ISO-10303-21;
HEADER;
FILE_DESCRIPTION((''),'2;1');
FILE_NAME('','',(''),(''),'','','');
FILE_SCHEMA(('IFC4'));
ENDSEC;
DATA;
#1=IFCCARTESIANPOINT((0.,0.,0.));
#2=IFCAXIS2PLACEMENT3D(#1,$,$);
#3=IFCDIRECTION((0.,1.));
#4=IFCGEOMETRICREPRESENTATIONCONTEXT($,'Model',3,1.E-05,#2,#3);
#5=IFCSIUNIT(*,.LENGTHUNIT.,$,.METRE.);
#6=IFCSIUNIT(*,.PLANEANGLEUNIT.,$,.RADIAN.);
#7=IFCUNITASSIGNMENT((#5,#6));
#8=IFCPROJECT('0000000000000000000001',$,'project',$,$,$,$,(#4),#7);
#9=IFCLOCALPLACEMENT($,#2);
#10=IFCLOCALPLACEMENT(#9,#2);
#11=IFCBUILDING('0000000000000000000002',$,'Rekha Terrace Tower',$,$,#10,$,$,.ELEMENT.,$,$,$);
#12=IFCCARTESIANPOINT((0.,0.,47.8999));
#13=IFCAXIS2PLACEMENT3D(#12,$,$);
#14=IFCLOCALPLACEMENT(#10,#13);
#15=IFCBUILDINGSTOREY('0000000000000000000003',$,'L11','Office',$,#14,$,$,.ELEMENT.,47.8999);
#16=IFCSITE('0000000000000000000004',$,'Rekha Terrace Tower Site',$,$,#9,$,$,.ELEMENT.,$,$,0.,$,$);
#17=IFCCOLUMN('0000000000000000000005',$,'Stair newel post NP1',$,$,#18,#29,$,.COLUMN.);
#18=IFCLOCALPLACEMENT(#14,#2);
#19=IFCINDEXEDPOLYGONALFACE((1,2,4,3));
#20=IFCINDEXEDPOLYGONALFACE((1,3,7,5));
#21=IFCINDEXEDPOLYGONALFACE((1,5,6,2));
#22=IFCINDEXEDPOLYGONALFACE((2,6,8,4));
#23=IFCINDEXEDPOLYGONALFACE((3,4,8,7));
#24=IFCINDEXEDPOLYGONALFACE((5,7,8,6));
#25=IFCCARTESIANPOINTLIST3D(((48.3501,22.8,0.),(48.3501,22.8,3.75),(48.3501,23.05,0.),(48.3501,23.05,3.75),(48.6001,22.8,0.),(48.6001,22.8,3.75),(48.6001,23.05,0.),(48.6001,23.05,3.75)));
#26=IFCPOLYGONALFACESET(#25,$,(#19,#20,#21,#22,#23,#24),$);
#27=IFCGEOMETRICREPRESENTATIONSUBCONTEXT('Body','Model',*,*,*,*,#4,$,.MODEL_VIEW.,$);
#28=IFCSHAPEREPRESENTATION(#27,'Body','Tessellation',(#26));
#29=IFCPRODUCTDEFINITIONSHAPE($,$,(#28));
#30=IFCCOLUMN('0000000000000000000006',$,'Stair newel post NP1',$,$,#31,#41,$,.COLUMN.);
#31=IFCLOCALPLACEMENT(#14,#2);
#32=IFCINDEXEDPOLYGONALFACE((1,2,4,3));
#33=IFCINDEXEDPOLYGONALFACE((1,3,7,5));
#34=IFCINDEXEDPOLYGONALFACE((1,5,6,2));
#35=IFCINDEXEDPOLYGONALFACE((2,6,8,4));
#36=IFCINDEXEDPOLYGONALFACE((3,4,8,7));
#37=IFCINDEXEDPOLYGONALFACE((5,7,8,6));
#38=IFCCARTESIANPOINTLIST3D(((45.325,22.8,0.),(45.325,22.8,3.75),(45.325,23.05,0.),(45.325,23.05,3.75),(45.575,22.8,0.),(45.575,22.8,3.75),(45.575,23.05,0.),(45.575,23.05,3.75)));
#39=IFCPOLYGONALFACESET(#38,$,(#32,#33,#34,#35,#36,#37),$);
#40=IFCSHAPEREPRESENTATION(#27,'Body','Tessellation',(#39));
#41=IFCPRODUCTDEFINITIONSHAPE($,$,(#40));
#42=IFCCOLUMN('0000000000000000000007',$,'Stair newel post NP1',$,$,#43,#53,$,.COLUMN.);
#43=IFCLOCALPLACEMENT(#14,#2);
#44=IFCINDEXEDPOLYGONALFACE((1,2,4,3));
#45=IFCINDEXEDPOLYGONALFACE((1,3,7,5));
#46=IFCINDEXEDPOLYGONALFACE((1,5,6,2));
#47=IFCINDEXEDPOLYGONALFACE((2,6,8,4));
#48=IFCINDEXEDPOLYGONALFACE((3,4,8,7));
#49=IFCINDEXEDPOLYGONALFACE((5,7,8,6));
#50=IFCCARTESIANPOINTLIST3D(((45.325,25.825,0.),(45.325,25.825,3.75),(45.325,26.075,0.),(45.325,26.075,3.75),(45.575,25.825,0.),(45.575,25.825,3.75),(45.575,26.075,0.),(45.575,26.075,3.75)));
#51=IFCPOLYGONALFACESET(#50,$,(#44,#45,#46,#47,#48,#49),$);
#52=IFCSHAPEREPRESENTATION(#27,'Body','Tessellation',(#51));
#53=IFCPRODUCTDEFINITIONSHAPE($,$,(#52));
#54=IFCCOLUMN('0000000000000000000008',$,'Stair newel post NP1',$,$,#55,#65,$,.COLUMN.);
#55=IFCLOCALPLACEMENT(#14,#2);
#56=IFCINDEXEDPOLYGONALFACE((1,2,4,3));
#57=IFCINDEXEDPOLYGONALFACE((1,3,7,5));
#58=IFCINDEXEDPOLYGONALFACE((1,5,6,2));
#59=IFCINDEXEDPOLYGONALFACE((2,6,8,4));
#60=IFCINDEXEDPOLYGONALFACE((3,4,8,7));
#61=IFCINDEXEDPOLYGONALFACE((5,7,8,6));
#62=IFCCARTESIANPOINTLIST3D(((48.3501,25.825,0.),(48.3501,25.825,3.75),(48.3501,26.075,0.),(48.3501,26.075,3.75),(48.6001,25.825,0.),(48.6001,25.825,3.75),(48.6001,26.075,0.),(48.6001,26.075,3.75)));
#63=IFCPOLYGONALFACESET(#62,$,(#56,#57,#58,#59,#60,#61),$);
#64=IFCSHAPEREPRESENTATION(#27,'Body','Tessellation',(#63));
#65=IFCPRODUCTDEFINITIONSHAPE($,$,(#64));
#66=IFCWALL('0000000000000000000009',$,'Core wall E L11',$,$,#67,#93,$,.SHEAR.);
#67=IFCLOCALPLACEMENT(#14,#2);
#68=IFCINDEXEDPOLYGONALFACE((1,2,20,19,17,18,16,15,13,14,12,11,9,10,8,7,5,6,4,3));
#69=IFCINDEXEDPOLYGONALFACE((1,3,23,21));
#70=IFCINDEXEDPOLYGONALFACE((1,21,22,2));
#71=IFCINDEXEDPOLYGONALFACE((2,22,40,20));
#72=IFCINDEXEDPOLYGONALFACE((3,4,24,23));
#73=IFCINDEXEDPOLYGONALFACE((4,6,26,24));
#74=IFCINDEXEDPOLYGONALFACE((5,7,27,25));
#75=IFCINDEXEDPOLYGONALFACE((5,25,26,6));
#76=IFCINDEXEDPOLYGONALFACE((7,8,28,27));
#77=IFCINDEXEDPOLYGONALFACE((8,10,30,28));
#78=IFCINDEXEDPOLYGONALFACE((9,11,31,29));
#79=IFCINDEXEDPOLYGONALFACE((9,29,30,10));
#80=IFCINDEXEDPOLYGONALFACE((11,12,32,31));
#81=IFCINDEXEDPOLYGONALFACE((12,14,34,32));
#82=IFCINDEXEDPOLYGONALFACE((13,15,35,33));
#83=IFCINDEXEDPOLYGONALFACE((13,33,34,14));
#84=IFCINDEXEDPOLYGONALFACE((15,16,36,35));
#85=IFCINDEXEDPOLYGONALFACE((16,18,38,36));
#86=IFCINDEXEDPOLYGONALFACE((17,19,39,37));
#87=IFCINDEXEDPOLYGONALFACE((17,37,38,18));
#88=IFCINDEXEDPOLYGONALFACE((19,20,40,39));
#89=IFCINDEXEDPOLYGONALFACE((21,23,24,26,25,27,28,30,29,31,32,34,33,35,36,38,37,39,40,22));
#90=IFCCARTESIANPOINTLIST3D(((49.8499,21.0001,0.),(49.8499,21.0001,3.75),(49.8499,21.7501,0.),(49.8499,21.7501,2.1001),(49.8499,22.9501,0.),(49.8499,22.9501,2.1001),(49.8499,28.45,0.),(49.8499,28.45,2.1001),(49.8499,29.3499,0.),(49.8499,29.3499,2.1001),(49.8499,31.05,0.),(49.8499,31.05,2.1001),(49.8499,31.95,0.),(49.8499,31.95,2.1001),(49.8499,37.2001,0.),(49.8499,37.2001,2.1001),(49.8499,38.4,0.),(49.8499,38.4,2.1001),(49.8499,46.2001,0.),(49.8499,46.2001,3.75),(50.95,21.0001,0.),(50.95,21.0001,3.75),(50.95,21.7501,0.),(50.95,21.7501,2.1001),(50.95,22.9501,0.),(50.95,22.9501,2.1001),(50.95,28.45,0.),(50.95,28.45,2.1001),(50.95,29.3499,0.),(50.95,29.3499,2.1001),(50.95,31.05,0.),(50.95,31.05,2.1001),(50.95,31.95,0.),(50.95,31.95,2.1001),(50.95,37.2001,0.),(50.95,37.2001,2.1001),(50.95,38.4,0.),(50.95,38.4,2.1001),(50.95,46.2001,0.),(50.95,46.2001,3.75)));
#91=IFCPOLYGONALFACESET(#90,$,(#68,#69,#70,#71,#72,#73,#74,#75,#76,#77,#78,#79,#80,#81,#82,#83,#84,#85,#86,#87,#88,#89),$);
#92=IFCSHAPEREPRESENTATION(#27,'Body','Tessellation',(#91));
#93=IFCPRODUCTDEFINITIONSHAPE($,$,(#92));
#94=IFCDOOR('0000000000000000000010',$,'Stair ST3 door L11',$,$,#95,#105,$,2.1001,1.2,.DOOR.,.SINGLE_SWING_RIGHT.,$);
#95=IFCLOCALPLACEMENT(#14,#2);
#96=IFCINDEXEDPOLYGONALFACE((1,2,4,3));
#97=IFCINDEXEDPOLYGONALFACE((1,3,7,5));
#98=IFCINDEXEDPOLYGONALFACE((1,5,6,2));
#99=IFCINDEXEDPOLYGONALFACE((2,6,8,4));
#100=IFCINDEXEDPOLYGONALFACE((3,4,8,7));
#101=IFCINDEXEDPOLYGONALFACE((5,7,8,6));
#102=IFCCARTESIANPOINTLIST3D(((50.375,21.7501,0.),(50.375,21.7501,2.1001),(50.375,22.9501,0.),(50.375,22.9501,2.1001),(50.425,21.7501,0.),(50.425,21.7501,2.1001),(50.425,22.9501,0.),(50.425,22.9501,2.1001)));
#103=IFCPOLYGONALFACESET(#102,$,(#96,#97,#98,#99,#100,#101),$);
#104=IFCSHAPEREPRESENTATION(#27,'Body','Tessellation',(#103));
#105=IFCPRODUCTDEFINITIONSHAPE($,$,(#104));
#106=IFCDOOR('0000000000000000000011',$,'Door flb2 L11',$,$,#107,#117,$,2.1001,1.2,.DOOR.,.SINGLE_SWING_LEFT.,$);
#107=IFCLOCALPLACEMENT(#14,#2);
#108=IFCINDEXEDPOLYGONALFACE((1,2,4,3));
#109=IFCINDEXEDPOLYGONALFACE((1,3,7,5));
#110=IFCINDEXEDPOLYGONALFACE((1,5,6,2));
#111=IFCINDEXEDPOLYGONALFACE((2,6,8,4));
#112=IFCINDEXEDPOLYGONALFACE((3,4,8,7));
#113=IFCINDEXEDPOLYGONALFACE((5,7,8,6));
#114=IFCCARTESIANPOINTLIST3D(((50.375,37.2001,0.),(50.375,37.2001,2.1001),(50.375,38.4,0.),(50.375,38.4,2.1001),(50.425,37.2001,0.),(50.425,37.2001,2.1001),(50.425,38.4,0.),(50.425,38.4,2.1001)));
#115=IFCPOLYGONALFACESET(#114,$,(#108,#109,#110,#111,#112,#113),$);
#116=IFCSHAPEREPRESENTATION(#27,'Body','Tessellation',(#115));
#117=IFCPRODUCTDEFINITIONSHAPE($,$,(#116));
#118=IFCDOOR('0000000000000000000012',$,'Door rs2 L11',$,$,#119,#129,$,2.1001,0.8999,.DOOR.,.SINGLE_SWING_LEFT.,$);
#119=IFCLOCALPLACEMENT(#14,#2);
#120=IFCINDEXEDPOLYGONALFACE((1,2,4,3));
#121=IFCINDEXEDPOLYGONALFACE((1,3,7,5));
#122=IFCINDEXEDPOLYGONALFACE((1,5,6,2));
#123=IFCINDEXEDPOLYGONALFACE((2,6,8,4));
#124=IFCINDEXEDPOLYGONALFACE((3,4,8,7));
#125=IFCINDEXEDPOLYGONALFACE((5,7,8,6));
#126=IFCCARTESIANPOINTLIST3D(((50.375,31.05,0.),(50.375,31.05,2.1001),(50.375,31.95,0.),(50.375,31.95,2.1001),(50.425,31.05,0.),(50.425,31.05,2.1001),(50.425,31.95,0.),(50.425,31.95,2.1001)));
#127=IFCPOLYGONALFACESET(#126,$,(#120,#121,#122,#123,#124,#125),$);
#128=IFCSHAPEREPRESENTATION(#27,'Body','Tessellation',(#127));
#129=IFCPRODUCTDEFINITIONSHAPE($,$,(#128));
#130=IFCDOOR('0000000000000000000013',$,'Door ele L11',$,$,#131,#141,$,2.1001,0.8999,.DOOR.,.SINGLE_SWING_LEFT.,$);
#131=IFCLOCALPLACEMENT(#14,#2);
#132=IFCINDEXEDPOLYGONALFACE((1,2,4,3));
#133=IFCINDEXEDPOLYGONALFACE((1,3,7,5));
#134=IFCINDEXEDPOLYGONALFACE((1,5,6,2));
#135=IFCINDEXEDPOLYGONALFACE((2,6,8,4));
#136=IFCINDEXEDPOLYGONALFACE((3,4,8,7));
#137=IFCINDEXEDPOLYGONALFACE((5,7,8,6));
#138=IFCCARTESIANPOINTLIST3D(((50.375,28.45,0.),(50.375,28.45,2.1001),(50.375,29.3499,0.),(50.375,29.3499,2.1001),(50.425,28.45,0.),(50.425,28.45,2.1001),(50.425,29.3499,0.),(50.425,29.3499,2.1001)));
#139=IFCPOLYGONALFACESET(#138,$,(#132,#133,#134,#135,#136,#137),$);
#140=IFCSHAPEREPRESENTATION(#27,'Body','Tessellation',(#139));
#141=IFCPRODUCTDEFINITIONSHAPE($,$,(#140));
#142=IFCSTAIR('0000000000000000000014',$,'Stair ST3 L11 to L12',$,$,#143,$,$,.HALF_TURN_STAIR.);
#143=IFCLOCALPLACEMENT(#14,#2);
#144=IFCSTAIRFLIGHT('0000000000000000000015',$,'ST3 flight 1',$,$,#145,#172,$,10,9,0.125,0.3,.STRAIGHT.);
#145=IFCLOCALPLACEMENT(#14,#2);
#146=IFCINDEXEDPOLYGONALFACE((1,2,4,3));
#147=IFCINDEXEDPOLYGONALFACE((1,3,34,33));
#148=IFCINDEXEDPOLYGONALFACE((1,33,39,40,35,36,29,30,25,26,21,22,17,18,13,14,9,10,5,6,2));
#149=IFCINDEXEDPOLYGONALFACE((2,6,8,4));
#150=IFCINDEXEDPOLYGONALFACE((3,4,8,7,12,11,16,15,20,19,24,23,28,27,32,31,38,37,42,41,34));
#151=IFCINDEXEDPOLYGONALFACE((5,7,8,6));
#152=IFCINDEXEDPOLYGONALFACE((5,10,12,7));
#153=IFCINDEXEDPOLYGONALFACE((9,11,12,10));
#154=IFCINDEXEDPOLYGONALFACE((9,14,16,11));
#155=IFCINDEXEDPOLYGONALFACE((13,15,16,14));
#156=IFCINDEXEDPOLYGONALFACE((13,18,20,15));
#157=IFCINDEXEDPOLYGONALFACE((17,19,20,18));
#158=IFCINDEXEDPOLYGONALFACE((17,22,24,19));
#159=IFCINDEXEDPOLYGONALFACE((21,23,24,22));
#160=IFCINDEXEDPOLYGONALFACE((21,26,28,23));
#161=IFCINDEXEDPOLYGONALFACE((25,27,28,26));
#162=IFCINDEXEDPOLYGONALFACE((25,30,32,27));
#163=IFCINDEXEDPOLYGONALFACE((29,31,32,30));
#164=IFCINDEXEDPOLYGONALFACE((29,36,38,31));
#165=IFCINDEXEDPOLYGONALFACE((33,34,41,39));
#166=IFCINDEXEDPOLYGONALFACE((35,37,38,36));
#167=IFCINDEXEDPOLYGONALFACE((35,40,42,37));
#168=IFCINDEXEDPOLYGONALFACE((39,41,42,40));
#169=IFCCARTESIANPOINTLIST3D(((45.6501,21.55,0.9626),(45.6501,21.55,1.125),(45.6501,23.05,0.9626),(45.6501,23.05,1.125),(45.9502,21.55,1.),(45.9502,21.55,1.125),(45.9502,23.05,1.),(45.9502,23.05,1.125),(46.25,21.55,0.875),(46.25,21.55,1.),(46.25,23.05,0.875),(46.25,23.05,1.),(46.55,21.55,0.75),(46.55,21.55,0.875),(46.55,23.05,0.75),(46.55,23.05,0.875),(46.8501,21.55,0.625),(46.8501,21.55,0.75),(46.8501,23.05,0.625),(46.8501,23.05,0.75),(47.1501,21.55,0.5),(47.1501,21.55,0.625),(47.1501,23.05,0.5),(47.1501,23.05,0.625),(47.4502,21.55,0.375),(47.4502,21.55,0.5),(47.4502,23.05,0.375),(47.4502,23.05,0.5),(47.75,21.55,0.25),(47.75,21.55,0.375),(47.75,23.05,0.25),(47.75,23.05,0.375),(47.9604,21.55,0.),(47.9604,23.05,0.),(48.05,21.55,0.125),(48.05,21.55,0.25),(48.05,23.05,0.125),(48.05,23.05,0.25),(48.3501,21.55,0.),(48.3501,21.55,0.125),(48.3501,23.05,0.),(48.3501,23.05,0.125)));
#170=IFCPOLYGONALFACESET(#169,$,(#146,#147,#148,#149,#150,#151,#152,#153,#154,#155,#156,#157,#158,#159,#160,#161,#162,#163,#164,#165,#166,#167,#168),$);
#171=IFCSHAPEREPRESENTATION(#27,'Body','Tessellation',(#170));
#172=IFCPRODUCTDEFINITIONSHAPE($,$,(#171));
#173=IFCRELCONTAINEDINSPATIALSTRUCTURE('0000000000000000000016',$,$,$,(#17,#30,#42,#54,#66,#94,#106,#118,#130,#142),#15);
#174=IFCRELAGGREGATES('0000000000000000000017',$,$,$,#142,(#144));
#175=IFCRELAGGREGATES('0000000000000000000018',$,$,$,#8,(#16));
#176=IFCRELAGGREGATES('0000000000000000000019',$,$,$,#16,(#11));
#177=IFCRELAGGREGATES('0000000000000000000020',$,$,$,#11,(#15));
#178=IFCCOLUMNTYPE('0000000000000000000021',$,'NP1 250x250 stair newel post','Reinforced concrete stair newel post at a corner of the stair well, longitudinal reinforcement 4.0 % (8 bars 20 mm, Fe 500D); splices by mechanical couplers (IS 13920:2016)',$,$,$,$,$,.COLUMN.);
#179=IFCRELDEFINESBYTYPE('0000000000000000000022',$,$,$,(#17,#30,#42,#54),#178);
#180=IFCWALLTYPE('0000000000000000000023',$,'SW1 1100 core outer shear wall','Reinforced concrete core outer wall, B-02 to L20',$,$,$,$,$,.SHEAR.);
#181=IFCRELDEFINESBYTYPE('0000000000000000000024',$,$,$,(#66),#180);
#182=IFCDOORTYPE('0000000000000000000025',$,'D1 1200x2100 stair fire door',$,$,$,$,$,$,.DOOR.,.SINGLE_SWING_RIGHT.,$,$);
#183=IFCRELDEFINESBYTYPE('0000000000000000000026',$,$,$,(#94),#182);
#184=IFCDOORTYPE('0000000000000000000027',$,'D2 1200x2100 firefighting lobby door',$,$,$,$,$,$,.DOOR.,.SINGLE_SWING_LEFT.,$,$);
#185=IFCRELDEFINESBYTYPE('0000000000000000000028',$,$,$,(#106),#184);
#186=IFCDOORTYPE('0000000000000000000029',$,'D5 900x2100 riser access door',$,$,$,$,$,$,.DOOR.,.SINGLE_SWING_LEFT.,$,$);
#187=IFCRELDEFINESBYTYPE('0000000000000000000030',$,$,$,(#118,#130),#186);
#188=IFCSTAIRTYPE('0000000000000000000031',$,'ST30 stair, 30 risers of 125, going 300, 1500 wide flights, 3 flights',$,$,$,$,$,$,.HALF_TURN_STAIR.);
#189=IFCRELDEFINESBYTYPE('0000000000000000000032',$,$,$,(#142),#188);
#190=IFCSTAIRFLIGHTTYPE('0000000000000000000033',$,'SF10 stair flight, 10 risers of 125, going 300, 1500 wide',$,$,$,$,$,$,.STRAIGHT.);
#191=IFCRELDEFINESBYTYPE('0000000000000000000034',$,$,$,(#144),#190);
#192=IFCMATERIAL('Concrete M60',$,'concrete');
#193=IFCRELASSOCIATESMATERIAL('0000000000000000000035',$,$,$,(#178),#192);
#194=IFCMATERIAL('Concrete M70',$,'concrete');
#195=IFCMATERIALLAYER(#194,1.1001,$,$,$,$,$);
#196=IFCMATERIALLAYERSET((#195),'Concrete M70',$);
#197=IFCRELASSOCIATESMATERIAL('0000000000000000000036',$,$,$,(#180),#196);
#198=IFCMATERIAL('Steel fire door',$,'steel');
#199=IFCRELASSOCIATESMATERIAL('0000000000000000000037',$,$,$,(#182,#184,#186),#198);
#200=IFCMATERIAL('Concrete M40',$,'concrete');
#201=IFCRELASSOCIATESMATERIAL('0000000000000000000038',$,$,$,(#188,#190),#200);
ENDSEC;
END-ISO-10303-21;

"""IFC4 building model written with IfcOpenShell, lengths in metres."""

from ifc_helpers import new_model, si_unit, direction, frame, frame_2d, origin, origin_2d, place, context, subcontext, project, spatial, polyline, rectangle, outline, extrude, material, layer, layer_set, material_profile, profile_set, type_object, element, fill, aggregate, save


model = new_model("IFC4")

# Units and contexts
model_context = context("Model", 3, precision=1e-05, world=origin(), true_north=direction((0.0, 1.0)))
body_context = subcontext(model_context, "Body", "Model", "MODEL_VIEW")
ifc_project = project(units=[si_unit("LENGTHUNIT", "METRE"), si_unit("PLANEANGLEUNIT", "RADIAN")], contexts=[model_context])

# Site, building, storey
site_placement = place(None, origin())
site = spatial("IfcSite", under=ifc_project, at=site_placement, Name="Rekha Terrace Tower Site", CompositionType="ELEMENT", RefElevation=0.0)
building_placement = place(site_placement, origin())
building = spatial("IfcBuilding", under=site, at=building_placement, Name="Rekha Terrace Tower", CompositionType="ELEMENT")
storey_placement = place(building_placement, frame((0.0, 0.0, 47.8999)))
storey = spatial("IfcBuildingStorey", under=building, at=storey_placement, Name="L11", Description="Office", CompositionType="ELEMENT", Elevation=47.8999)

# Columns
ifc_material_1 = material(Name="Concrete M60", Category="concrete")
ifc_material_profile = material_profile(ifc_material_1, rectangle(XDim=0.25, YDim=0.25, at=origin_2d()), Name="RC 250x250")
ifc_profile_set = profile_set([ifc_material_profile], Name="Concrete M60")
column_type = type_object("IfcColumnType", Name="NP1 250x250 stair newel post", Description="Reinforced concrete stair newel post at a corner of the stair well, longitudinal reinforcement 4.0 % (8 bars 20 mm, Fe 500D); splices by mechanical couplers (IS 13920:2016)", PredefinedType="COLUMN", material=ifc_profile_set)
for number, where, z_axis, x_axis, name in (
    (1, (48.4751, 22.925, 0.0), (0.0, 0.0, 1.0), (1.0, 0.0, 0.0), "Stair newel post NP1"),
    (2, (45.45, 22.925, 0.0), (0.0, 0.0, 1.0), (1.0, 0.0, 0.0), "Stair newel post NP1"),
    (3, (45.45, 25.95, 0.0), (0.0, 0.0, 1.0), (1.0, 0.0, 0.0), "Stair newel post NP1"),
    (4, (48.4751, 25.95, 0.0), (0.0, 0.0, 1.0), (1.0, 0.0, 0.0), "Stair newel post NP1"),
):
    element("IfcColumn", number, at=place(storey_placement, frame(where, z_axis=z_axis, x_axis=x_axis)), inside=storey, type_object=column_type, Name=name, PredefinedType="COLUMN", context=body_context, shape_type="SweptSolid", body=[
        extrude(rectangle(XDim=0.25, YDim=0.25, at=origin_2d()), origin(), (0.0, 0.0, 1.0), 3.75),
    ])

# Wall, openings, doors
ifc_material_2 = material(Name="Concrete M70", Category="concrete")
ifc_layer = layer(ifc_material_2, 1.1001)
ifc_layer_set = layer_set([ifc_layer], Name="Concrete M70")
wall_type = type_object("IfcWallType", Name="SW1 1100 core outer shear wall", Description="Reinforced concrete core outer wall, B-02 to L20", PredefinedType="SHEAR", material=ifc_layer_set)
wall_placement = place(storey_placement, frame((50.3999, 21.0, 0.0), z_axis=(0.0, 0.0, 1.0), x_axis=(0.0, 1.0, 0.0)))
wall = element("IfcWall", 5, at=wall_placement, inside=storey, type_object=wall_type, Name="Core wall E L11", PredefinedType="SHEAR", context=body_context, shape_type="SweptSolid", body=[
    extrude(rectangle(XDim=25.2, YDim=1.1001, at=frame_2d((12.6001, 0.0))), origin(), (0.0, 0.0, 1.0), 3.75),
])
opening_1_placement = place(wall_placement, frame((16.2, 0.0, 0.0)))
opening_1 = element("IfcOpeningElement", 6, at=opening_1_placement, cuts=wall, PredefinedType="OPENING", context=body_context, shape_type="SweptSolid", body=[
    extrude(rectangle(XDim=1.2, YDim=2.1001, at=frame_2d((0.6001, 1.05))), frame((0.0, 0.5601, 0.0), z_axis=(0.0, -1.0, 0.0), x_axis=(1.0, 0.0, 0.0)), (0.0, 0.0, 1.0), 1.1201),
])
opening_2_placement = place(wall_placement, frame((10.05, 0.0, 0.0)))
opening_2 = element("IfcOpeningElement", 7, at=opening_2_placement, cuts=wall, PredefinedType="OPENING", context=body_context, shape_type="SweptSolid", body=[
    extrude(rectangle(XDim=0.8999, YDim=2.1001, at=frame_2d((0.45, 1.05))), frame((0.0, 0.5601, 0.0), z_axis=(0.0, -1.0, 0.0), x_axis=(1.0, 0.0, 0.0)), (0.0, 0.0, 1.0), 1.1201),
])
opening_3_placement = place(wall_placement, frame((7.45, 0.0, 0.0)))
opening_3 = element("IfcOpeningElement", 8, at=opening_3_placement, cuts=wall, PredefinedType="OPENING", context=body_context, shape_type="SweptSolid", body=[
    extrude(rectangle(XDim=0.8999, YDim=2.1001, at=frame_2d((0.45, 1.05))), frame((0.0, 0.5601, 0.0), z_axis=(0.0, -1.0, 0.0), x_axis=(1.0, 0.0, 0.0)), (0.0, 0.0, 1.0), 1.1201),
])
opening_4_placement = place(wall_placement, frame((0.75, 0.0, 0.0)))
opening_4 = element("IfcOpeningElement", 9, at=opening_4_placement, cuts=wall, PredefinedType="OPENING", context=body_context, shape_type="SweptSolid", body=[
    extrude(rectangle(XDim=1.2, YDim=2.1001, at=frame_2d((0.6001, 1.05))), frame((0.0, 0.5601, 0.0), z_axis=(0.0, -1.0, 0.0), x_axis=(1.0, 0.0, 0.0)), (0.0, 0.0, 1.0), 1.1201),
])
ifc_material_3 = material(Name="Steel fire door", Category="steel")
door_type_1 = type_object("IfcDoorType", Name="D1 1200x2100 stair fire door", OperationType="SINGLE_SWING_RIGHT", PredefinedType="DOOR", material=ifc_material_3)
door_1_placement = place(opening_4_placement, origin())
door_1 = element("IfcDoor", 10, at=door_1_placement, inside=storey, type_object=door_type_1, Name="Stair ST3 door L11", OperationType="SINGLE_SWING_RIGHT", OverallHeight=2.1001, OverallWidth=1.2, PredefinedType="DOOR", context=body_context, shape_type="SweptSolid", body=[
    extrude(rectangle(XDim=1.2, YDim=2.1001, at=frame_2d((0.6001, 1.05))), frame((0.0, 0.0249, 0.0), z_axis=(0.0, -1.0, 0.0), x_axis=(1.0, 0.0, 0.0)), (0.0, 0.0, 1.0), 0.05),
])
fill(opening_4, door_1)
door_type_2 = type_object("IfcDoorType", Name="D2 1200x2100 firefighting lobby door", OperationType="SINGLE_SWING_LEFT", PredefinedType="DOOR", material=ifc_material_3)
door_2_placement = place(opening_1_placement, origin())
door_2 = element("IfcDoor", 11, at=door_2_placement, inside=storey, type_object=door_type_2, Name="Door flb2 L11", OperationType="SINGLE_SWING_LEFT", OverallHeight=2.1001, OverallWidth=1.2, PredefinedType="DOOR", context=body_context, shape_type="SweptSolid", body=[
    extrude(rectangle(XDim=1.2, YDim=2.1001, at=frame_2d((0.6001, 1.05))), frame((0.0, 0.0249, 0.0), z_axis=(0.0, -1.0, 0.0), x_axis=(1.0, 0.0, 0.0)), (0.0, 0.0, 1.0), 0.05),
])
fill(opening_1, door_2)
door_type_3 = type_object("IfcDoorType", Name="D5 900x2100 riser access door", OperationType="SINGLE_SWING_LEFT", PredefinedType="DOOR", material=ifc_material_3)
door_3_placement = place(opening_2_placement, origin())
door_3 = element("IfcDoor", 12, at=door_3_placement, inside=storey, type_object=door_type_3, Name="Door rs2 L11", OperationType="SINGLE_SWING_LEFT", OverallHeight=2.1001, OverallWidth=0.8999, PredefinedType="DOOR", context=body_context, shape_type="SweptSolid", body=[
    extrude(rectangle(XDim=0.8999, YDim=2.1001, at=frame_2d((0.45, 1.05))), frame((0.0, 0.0249, 0.0), z_axis=(0.0, -1.0, 0.0), x_axis=(1.0, 0.0, 0.0)), (0.0, 0.0, 1.0), 0.05),
])
fill(opening_2, door_3)
door_4_placement = place(opening_3_placement, origin())
door_4 = element("IfcDoor", 13, at=door_4_placement, inside=storey, type_object=door_type_3, Name="Door ele L11", OperationType="SINGLE_SWING_LEFT", OverallHeight=2.1001, OverallWidth=0.8999, PredefinedType="DOOR", context=body_context, shape_type="SweptSolid", body=[
    extrude(rectangle(XDim=0.8999, YDim=2.1001, at=frame_2d((0.45, 1.05))), frame((0.0, 0.0249, 0.0), z_axis=(0.0, -1.0, 0.0), x_axis=(1.0, 0.0, 0.0)), (0.0, 0.0, 1.0), 0.05),
])
fill(opening_3, door_4)

# Stair, stair flight
ifc_material_4 = material(Name="Concrete M40", Category="concrete")
stair_type = type_object("IfcStairType", Name="ST30 stair, 30 risers of 125, going 300, 1500 wide flights, 3 flights", PredefinedType="HALF_TURN_STAIR", material=ifc_material_4)
stair_placement = place(storey_placement, origin())
stair = element("IfcStair", 14, at=stair_placement, inside=storey, type_object=stair_type, Name="Stair ST3 L11 to L12", PredefinedType="HALF_TURN_STAIR")
stair_flight_type = type_object("IfcStairFlightType", Name="SF10 stair flight, 10 risers of 125, going 300, 1500 wide", PredefinedType="STRAIGHT", material=ifc_material_4)
stair_flight_1_placement = place(storey_placement, frame((48.3501, 22.3, 0.0), z_axis=(0.0, 0.0, 1.0), x_axis=(-1.0, 0.0, 0.0)))
stair_flight_1 = element("IfcStairFlight", 15, at=stair_flight_1_placement, type_object=stair_flight_type, Name="ST3 flight 1", NumberOfRisers=10, NumberOfTreads=9, PredefinedType="STRAIGHT", RiserHeight=0.125, TreadLength=0.3, context=body_context, shape_type="SweptSolid", body=[
    extrude(outline(polyline([(0.0, 0.0), (0.0, 0.125), (0.3, 0.125), (0.3, 0.25), (0.6001, 0.25), (0.6001, 0.375), (0.8999, 0.375), (0.8999, 0.5), (1.2, 0.5), (1.2, 0.625), (1.5, 0.625), (1.5, 0.75), (1.8, 0.75), (1.8, 0.875), (2.1001, 0.875), (2.1001, 1.0), (2.3999, 1.0), (2.3999, 1.125), (2.7, 1.125), (2.7, 1.25), (2.7, 0.9626), (0.3896, 0.0), (0.0, 0.0)])), frame((0.0, 0.75, 0.0), z_axis=(0.0, -1.0, 0.0), x_axis=(1.0, 0.0, 0.0)), (0.0, 0.0, 1.0), 1.5),
])
aggregate(stair, [stair_flight_1])

save(model, "model.ifc")
